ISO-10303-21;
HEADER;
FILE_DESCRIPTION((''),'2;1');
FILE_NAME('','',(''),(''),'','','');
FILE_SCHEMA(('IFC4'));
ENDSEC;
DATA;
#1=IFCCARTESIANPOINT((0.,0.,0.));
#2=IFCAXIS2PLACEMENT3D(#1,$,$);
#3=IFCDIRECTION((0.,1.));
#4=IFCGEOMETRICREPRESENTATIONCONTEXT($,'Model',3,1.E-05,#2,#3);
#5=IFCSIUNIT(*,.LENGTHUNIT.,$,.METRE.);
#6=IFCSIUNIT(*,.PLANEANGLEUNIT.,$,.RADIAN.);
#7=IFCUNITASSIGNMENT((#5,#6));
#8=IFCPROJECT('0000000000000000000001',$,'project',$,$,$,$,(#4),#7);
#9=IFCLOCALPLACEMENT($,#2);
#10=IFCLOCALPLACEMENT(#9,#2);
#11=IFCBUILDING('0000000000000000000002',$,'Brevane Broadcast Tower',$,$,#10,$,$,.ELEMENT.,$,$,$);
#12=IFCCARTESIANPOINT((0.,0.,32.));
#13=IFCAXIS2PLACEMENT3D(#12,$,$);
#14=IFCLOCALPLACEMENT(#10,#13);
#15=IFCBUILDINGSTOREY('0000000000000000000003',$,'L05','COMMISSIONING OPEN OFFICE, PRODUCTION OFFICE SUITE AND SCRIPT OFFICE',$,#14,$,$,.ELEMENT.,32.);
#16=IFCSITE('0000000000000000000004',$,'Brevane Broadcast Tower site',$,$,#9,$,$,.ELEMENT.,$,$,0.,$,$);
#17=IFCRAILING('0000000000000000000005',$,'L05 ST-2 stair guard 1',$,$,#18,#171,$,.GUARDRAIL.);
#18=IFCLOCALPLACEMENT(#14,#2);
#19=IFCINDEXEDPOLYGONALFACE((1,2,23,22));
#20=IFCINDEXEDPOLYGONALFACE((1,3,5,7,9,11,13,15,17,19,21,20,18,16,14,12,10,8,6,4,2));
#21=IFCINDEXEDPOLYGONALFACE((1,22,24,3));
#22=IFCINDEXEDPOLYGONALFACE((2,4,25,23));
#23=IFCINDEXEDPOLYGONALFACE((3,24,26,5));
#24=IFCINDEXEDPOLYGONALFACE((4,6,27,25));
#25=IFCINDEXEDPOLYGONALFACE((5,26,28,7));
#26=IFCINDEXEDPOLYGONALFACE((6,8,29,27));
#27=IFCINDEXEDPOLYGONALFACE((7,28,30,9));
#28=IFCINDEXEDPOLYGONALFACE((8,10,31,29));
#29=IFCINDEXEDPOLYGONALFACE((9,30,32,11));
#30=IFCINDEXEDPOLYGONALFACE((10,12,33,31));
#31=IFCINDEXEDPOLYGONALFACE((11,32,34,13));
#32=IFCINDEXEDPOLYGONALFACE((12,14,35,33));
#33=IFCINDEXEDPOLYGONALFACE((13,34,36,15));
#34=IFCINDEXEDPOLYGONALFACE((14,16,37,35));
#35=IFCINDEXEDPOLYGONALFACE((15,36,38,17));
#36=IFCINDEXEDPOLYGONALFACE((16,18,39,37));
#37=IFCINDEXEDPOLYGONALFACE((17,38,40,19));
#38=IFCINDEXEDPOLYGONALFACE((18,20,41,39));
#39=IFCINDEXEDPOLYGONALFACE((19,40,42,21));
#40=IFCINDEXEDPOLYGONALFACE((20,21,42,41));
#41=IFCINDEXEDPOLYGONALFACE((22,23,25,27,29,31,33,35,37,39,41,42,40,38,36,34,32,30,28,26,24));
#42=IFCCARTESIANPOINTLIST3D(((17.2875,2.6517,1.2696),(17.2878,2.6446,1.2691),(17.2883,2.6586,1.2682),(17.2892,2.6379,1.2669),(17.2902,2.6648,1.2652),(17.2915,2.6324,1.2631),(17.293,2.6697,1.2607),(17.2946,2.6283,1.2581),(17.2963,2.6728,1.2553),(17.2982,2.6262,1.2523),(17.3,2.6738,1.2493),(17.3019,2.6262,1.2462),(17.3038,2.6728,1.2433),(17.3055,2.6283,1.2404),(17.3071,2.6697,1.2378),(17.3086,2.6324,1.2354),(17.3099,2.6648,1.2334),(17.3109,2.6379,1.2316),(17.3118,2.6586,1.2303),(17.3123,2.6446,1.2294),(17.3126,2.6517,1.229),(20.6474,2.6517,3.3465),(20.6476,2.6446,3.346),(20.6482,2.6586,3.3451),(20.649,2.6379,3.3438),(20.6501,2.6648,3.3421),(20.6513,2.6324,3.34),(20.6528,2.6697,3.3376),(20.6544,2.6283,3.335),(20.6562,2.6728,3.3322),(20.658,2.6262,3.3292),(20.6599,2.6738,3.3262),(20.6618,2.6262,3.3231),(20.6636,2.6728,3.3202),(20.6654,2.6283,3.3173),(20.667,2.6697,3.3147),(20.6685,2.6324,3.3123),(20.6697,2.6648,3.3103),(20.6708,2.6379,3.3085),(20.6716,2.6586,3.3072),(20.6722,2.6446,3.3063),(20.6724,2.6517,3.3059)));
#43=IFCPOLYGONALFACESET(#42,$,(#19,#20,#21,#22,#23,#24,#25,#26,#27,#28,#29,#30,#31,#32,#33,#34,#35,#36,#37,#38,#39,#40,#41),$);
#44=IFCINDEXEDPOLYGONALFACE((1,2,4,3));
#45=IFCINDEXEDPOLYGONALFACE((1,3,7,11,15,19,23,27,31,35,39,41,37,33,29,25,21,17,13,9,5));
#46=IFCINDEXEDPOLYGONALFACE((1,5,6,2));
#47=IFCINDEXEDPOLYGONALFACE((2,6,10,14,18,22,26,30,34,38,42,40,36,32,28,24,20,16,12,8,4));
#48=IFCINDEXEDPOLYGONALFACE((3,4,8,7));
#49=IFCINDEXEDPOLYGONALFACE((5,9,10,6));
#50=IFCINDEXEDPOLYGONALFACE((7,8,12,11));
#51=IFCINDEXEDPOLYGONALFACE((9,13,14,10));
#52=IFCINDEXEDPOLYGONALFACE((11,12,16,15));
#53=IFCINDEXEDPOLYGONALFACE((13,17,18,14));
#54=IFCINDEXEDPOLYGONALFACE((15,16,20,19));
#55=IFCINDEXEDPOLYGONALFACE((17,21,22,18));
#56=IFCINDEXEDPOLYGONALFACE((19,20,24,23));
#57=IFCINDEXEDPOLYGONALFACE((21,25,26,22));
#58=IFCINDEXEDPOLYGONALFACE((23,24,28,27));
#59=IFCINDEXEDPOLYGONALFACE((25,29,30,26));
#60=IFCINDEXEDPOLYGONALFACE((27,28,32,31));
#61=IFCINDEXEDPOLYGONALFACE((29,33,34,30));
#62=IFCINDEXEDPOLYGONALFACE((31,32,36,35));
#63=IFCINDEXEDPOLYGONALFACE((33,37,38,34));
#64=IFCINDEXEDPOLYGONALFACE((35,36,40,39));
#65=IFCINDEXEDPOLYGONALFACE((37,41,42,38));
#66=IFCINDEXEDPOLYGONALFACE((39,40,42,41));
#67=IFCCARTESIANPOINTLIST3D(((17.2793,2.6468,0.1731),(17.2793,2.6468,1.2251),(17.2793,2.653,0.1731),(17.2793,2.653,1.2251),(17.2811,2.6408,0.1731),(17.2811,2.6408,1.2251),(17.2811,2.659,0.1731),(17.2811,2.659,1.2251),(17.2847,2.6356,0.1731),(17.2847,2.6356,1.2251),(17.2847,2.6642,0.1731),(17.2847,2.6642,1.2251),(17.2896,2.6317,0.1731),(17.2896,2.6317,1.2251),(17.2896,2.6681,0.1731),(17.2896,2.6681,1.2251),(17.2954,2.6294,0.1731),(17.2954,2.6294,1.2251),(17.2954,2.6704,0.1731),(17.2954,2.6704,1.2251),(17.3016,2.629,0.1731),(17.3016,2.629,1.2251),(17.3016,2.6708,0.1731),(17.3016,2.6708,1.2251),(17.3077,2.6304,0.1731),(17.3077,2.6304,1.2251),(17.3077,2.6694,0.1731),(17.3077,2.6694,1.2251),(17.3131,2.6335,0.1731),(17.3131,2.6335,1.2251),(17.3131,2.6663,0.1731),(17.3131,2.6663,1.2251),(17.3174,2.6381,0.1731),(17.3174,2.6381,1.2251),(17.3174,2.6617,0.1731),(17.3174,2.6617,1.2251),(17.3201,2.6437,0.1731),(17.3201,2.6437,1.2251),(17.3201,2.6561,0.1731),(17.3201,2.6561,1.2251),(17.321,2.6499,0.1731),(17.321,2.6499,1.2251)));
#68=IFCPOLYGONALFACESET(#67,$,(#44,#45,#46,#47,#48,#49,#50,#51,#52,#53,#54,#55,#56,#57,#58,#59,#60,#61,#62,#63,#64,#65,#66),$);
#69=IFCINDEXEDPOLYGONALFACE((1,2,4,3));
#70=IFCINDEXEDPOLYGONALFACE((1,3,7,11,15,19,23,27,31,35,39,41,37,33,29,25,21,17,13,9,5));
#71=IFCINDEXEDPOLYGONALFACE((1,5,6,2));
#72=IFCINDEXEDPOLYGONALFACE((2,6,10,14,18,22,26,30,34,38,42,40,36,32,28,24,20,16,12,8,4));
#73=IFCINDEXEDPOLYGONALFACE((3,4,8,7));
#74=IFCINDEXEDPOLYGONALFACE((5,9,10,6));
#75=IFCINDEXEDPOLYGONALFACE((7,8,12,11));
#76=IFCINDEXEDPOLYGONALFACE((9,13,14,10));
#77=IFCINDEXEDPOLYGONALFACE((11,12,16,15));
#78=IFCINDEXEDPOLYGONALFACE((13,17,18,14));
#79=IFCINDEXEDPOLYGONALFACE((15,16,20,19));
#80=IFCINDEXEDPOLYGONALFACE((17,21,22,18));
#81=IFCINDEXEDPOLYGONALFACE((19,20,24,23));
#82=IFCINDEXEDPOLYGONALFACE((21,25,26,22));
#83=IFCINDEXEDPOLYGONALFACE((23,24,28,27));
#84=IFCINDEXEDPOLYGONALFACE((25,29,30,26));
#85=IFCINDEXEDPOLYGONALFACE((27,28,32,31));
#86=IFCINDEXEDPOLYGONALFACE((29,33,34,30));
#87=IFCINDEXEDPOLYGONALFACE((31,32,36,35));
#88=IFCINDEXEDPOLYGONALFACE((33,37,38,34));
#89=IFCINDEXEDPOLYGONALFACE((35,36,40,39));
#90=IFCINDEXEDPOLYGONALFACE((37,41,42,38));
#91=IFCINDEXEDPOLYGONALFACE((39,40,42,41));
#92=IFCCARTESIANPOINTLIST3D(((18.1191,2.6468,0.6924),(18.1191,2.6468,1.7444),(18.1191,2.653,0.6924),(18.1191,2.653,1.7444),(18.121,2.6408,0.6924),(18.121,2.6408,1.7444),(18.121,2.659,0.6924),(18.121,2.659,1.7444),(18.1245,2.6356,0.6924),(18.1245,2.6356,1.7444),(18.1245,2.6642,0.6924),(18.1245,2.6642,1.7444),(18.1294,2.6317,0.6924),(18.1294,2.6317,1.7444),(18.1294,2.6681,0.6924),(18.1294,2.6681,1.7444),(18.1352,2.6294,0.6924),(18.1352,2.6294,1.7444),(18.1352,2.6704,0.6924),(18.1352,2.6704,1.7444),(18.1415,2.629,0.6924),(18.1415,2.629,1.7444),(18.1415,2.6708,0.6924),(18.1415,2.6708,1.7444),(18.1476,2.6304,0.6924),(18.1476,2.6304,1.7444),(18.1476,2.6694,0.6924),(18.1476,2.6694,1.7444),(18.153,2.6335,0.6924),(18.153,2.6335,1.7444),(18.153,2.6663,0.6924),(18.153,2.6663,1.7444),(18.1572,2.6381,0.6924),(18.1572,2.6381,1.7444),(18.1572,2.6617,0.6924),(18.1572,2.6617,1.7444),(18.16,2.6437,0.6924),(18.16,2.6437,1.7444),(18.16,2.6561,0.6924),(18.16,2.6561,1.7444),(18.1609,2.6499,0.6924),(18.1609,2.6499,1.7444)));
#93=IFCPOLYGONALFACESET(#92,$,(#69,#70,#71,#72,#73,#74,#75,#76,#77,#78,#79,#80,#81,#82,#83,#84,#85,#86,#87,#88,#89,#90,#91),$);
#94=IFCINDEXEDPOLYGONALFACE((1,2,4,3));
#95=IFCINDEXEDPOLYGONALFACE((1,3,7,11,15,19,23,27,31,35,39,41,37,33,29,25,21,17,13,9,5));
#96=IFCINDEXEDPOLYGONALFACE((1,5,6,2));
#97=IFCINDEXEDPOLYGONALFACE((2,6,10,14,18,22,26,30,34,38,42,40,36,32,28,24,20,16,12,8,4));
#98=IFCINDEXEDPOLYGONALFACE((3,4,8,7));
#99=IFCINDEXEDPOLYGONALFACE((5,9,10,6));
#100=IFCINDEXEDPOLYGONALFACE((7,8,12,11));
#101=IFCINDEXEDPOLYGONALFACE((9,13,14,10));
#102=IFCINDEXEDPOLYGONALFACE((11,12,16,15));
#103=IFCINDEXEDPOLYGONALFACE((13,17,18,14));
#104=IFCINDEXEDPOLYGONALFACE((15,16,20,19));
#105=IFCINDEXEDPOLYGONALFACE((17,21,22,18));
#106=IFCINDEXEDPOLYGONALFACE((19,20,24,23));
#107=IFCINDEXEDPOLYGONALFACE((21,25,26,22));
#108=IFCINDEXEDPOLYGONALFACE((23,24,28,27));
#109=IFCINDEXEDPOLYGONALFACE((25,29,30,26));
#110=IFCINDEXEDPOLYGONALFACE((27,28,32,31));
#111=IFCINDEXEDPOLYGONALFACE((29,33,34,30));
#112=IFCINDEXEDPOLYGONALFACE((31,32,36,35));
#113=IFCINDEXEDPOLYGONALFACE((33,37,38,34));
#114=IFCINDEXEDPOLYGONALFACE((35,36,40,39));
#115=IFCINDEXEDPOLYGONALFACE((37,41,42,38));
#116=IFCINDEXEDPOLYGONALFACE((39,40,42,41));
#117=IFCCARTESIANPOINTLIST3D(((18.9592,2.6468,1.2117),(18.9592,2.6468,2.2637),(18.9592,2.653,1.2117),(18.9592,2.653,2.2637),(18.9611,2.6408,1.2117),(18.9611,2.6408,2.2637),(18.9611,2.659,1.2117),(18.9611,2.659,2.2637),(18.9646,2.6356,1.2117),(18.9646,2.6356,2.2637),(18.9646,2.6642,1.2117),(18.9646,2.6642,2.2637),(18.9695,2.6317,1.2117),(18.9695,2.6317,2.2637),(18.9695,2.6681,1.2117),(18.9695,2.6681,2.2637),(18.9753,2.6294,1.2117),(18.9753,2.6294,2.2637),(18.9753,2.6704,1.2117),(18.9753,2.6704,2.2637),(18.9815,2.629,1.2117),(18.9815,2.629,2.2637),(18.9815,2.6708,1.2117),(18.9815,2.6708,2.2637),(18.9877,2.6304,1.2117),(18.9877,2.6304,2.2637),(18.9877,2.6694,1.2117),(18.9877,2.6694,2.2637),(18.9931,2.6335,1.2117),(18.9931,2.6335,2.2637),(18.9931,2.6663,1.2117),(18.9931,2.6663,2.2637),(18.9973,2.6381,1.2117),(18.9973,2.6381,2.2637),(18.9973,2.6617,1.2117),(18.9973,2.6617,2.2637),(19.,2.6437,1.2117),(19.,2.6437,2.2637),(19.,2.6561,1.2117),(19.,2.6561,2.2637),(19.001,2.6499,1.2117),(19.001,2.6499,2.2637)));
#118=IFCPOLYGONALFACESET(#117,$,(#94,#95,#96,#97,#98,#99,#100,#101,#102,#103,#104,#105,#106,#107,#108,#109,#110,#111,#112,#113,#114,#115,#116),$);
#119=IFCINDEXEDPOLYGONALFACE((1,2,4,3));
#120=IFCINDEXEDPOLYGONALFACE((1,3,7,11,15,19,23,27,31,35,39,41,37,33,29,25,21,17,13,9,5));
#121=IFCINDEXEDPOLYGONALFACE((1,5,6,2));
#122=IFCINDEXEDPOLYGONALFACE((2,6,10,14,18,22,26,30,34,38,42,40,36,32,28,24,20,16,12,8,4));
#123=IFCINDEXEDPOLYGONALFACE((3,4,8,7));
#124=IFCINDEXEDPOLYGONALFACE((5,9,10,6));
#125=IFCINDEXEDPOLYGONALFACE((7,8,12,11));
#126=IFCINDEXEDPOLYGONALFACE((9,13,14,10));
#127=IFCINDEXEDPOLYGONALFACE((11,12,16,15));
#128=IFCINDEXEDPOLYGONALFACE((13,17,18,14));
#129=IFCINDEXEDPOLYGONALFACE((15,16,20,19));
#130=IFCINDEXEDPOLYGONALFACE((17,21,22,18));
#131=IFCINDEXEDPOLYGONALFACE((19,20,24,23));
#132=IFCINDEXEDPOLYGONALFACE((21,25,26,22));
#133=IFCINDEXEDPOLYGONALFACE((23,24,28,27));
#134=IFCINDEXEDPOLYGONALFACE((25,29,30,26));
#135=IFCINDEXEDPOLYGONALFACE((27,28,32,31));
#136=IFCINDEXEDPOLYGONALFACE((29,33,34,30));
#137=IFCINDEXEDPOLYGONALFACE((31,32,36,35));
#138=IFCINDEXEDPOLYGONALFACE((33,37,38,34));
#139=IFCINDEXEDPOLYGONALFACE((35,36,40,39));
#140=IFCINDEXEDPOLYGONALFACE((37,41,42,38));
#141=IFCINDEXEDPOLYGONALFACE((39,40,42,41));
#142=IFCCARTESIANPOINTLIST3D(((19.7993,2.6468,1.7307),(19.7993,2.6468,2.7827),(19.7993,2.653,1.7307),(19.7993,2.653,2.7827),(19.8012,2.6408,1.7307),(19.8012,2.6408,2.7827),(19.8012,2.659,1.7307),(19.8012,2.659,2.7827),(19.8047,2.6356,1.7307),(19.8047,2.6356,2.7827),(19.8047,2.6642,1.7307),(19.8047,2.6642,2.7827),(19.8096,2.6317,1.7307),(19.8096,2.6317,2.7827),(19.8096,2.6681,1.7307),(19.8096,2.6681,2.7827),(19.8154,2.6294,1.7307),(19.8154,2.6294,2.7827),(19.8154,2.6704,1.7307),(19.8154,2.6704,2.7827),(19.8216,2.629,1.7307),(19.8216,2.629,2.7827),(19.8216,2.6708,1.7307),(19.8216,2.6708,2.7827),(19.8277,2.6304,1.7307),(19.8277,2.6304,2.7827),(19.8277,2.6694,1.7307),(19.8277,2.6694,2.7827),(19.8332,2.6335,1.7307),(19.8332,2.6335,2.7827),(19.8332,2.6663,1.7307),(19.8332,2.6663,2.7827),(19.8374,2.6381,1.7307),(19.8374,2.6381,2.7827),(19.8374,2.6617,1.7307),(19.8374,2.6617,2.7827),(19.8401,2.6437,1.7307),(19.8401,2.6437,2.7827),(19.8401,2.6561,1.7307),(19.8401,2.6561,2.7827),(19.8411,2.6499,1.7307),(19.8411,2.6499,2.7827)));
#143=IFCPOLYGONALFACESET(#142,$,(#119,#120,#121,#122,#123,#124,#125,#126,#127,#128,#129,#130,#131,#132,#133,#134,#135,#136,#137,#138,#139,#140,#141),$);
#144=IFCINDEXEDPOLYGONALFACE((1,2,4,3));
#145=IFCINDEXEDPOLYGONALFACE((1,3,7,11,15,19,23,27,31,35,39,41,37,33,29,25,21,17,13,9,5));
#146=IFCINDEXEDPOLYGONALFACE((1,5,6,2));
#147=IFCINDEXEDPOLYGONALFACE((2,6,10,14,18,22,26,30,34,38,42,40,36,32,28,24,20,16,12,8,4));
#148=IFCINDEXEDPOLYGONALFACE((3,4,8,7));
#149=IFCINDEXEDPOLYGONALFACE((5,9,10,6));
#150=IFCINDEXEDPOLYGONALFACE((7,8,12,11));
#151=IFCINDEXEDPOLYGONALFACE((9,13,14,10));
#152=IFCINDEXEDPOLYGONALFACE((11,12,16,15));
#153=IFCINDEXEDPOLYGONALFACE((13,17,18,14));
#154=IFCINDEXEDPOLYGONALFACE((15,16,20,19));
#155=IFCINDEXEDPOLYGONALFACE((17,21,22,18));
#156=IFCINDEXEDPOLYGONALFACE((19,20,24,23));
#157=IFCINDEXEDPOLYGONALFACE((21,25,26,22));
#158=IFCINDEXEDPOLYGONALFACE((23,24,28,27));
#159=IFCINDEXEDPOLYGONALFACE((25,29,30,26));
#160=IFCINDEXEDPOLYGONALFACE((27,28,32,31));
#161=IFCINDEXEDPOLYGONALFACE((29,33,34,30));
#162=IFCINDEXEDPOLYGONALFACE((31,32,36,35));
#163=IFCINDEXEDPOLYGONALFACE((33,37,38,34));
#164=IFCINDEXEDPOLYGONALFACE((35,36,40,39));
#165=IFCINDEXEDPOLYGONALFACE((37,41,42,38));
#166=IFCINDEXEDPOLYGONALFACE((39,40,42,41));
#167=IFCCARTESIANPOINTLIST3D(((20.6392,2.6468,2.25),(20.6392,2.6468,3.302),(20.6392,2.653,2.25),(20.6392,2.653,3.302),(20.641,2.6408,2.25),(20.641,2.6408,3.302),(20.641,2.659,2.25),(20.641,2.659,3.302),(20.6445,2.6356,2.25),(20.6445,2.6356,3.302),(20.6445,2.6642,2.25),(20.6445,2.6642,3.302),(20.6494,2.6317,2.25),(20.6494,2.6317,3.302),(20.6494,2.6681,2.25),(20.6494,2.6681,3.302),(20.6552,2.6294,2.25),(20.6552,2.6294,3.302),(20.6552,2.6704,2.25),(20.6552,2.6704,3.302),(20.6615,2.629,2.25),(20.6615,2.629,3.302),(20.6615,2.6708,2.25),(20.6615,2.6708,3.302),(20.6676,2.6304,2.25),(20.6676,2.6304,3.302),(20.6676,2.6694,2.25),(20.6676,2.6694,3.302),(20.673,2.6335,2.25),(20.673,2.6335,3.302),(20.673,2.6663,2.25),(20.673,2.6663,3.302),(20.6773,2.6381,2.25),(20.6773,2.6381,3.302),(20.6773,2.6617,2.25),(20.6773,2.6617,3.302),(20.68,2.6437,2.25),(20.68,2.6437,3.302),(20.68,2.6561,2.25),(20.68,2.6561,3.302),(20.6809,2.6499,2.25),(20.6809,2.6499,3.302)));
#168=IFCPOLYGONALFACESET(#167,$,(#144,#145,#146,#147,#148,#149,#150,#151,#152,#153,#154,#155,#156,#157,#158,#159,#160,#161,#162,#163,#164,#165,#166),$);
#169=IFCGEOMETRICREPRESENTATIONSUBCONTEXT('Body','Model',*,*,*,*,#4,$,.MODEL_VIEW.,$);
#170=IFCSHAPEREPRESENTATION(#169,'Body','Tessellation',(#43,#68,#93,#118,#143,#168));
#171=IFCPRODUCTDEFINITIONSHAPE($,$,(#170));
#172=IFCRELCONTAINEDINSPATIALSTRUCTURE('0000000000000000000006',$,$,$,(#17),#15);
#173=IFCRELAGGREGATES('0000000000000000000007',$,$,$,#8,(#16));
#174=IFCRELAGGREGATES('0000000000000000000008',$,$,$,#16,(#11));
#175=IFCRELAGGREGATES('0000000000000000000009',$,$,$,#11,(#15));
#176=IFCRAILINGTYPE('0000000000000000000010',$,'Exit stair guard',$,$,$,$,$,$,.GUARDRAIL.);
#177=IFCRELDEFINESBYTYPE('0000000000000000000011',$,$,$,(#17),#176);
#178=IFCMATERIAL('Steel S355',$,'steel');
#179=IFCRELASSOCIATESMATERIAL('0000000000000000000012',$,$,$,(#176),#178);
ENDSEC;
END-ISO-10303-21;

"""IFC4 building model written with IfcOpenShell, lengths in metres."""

from ifc_helpers import new_model, si_unit, direction, frame, origin, origin_2d, place, context, subcontext, project, spatial, circle, extrude, material, type_object, element, save


model = new_model("IFC4")

# Units and contexts
model_context = context("Model", 3, precision=1e-05, world=origin(), true_north=direction((0.0, 1.0)))
body_context = subcontext(model_context, "Body", "Model", "MODEL_VIEW")
ifc_project = project(units=[si_unit("LENGTHUNIT", "METRE"), si_unit("PLANEANGLEUNIT", "RADIAN")], contexts=[model_context])

# Site, building, storey
site_placement = place(None, origin())
site = spatial("IfcSite", under=ifc_project, at=site_placement, Name="Brevane Broadcast Tower site", CompositionType="ELEMENT", RefElevation=0.0)
building_placement = place(site_placement, origin())
building = spatial("IfcBuilding", under=site, at=building_placement, Name="Brevane Broadcast Tower", CompositionType="ELEMENT")
storey_placement = place(building_placement, frame((0.0, 0.0, 32.0)))
storey = spatial("IfcBuildingStorey", under=building, at=storey_placement, Name="L05", Description="COMMISSIONING OPEN OFFICE, PRODUCTION OFFICE SUITE AND SCRIPT OFFICE", CompositionType="ELEMENT", Elevation=32.0)

# Railing
ifc_material_1 = material(Name="Steel S355", Category="steel")
railing_type_1 = type_object("IfcRailingType", Name="Exit stair guard", PredefinedType="GUARDRAIL", material=ifc_material_1)
railing_1_placement = place(storey_placement, frame((17.3, 2.6499, 0.1731)))
element("IfcRailing", 1, at=railing_1_placement, inside=storey, type_object=railing_type_1, Name="L05 ST-2 stair guard 1", PredefinedType="GUARDRAIL", context=body_context, shape_type="SweptSolid", body=[
    extrude(circle(Radius=0.0239, at=origin_2d()), frame((0.0, 0.0, 1.0762), z_axis=(0.850606, 0.0, 0.525803), x_axis=(0.0, 1.0, 0.0)), (0.0, 0.0, 1.0), 3.95),
    extrude(circle(Radius=0.021, at=origin_2d()), origin(), (0.0, 0.0, 1.0), 1.052),
    extrude(circle(Radius=0.021, at=origin_2d()), frame((0.8398, 0.0, 0.5193)), (0.0, 0.0, 1.0), 1.052),
    extrude(circle(Radius=0.021, at=origin_2d()), frame((1.6799, 0.0, 1.0386)), (0.0, 0.0, 1.0), 1.052),
    extrude(circle(Radius=0.021, at=origin_2d()), frame((2.52, 0.0, 1.5576)), (0.0, 0.0, 1.0), 1.052),
    extrude(circle(Radius=0.021, at=origin_2d()), frame((3.3599, 0.0, 2.0769)), (0.0, 0.0, 1.0), 1.052),
])

save(model, "model.ifc")
